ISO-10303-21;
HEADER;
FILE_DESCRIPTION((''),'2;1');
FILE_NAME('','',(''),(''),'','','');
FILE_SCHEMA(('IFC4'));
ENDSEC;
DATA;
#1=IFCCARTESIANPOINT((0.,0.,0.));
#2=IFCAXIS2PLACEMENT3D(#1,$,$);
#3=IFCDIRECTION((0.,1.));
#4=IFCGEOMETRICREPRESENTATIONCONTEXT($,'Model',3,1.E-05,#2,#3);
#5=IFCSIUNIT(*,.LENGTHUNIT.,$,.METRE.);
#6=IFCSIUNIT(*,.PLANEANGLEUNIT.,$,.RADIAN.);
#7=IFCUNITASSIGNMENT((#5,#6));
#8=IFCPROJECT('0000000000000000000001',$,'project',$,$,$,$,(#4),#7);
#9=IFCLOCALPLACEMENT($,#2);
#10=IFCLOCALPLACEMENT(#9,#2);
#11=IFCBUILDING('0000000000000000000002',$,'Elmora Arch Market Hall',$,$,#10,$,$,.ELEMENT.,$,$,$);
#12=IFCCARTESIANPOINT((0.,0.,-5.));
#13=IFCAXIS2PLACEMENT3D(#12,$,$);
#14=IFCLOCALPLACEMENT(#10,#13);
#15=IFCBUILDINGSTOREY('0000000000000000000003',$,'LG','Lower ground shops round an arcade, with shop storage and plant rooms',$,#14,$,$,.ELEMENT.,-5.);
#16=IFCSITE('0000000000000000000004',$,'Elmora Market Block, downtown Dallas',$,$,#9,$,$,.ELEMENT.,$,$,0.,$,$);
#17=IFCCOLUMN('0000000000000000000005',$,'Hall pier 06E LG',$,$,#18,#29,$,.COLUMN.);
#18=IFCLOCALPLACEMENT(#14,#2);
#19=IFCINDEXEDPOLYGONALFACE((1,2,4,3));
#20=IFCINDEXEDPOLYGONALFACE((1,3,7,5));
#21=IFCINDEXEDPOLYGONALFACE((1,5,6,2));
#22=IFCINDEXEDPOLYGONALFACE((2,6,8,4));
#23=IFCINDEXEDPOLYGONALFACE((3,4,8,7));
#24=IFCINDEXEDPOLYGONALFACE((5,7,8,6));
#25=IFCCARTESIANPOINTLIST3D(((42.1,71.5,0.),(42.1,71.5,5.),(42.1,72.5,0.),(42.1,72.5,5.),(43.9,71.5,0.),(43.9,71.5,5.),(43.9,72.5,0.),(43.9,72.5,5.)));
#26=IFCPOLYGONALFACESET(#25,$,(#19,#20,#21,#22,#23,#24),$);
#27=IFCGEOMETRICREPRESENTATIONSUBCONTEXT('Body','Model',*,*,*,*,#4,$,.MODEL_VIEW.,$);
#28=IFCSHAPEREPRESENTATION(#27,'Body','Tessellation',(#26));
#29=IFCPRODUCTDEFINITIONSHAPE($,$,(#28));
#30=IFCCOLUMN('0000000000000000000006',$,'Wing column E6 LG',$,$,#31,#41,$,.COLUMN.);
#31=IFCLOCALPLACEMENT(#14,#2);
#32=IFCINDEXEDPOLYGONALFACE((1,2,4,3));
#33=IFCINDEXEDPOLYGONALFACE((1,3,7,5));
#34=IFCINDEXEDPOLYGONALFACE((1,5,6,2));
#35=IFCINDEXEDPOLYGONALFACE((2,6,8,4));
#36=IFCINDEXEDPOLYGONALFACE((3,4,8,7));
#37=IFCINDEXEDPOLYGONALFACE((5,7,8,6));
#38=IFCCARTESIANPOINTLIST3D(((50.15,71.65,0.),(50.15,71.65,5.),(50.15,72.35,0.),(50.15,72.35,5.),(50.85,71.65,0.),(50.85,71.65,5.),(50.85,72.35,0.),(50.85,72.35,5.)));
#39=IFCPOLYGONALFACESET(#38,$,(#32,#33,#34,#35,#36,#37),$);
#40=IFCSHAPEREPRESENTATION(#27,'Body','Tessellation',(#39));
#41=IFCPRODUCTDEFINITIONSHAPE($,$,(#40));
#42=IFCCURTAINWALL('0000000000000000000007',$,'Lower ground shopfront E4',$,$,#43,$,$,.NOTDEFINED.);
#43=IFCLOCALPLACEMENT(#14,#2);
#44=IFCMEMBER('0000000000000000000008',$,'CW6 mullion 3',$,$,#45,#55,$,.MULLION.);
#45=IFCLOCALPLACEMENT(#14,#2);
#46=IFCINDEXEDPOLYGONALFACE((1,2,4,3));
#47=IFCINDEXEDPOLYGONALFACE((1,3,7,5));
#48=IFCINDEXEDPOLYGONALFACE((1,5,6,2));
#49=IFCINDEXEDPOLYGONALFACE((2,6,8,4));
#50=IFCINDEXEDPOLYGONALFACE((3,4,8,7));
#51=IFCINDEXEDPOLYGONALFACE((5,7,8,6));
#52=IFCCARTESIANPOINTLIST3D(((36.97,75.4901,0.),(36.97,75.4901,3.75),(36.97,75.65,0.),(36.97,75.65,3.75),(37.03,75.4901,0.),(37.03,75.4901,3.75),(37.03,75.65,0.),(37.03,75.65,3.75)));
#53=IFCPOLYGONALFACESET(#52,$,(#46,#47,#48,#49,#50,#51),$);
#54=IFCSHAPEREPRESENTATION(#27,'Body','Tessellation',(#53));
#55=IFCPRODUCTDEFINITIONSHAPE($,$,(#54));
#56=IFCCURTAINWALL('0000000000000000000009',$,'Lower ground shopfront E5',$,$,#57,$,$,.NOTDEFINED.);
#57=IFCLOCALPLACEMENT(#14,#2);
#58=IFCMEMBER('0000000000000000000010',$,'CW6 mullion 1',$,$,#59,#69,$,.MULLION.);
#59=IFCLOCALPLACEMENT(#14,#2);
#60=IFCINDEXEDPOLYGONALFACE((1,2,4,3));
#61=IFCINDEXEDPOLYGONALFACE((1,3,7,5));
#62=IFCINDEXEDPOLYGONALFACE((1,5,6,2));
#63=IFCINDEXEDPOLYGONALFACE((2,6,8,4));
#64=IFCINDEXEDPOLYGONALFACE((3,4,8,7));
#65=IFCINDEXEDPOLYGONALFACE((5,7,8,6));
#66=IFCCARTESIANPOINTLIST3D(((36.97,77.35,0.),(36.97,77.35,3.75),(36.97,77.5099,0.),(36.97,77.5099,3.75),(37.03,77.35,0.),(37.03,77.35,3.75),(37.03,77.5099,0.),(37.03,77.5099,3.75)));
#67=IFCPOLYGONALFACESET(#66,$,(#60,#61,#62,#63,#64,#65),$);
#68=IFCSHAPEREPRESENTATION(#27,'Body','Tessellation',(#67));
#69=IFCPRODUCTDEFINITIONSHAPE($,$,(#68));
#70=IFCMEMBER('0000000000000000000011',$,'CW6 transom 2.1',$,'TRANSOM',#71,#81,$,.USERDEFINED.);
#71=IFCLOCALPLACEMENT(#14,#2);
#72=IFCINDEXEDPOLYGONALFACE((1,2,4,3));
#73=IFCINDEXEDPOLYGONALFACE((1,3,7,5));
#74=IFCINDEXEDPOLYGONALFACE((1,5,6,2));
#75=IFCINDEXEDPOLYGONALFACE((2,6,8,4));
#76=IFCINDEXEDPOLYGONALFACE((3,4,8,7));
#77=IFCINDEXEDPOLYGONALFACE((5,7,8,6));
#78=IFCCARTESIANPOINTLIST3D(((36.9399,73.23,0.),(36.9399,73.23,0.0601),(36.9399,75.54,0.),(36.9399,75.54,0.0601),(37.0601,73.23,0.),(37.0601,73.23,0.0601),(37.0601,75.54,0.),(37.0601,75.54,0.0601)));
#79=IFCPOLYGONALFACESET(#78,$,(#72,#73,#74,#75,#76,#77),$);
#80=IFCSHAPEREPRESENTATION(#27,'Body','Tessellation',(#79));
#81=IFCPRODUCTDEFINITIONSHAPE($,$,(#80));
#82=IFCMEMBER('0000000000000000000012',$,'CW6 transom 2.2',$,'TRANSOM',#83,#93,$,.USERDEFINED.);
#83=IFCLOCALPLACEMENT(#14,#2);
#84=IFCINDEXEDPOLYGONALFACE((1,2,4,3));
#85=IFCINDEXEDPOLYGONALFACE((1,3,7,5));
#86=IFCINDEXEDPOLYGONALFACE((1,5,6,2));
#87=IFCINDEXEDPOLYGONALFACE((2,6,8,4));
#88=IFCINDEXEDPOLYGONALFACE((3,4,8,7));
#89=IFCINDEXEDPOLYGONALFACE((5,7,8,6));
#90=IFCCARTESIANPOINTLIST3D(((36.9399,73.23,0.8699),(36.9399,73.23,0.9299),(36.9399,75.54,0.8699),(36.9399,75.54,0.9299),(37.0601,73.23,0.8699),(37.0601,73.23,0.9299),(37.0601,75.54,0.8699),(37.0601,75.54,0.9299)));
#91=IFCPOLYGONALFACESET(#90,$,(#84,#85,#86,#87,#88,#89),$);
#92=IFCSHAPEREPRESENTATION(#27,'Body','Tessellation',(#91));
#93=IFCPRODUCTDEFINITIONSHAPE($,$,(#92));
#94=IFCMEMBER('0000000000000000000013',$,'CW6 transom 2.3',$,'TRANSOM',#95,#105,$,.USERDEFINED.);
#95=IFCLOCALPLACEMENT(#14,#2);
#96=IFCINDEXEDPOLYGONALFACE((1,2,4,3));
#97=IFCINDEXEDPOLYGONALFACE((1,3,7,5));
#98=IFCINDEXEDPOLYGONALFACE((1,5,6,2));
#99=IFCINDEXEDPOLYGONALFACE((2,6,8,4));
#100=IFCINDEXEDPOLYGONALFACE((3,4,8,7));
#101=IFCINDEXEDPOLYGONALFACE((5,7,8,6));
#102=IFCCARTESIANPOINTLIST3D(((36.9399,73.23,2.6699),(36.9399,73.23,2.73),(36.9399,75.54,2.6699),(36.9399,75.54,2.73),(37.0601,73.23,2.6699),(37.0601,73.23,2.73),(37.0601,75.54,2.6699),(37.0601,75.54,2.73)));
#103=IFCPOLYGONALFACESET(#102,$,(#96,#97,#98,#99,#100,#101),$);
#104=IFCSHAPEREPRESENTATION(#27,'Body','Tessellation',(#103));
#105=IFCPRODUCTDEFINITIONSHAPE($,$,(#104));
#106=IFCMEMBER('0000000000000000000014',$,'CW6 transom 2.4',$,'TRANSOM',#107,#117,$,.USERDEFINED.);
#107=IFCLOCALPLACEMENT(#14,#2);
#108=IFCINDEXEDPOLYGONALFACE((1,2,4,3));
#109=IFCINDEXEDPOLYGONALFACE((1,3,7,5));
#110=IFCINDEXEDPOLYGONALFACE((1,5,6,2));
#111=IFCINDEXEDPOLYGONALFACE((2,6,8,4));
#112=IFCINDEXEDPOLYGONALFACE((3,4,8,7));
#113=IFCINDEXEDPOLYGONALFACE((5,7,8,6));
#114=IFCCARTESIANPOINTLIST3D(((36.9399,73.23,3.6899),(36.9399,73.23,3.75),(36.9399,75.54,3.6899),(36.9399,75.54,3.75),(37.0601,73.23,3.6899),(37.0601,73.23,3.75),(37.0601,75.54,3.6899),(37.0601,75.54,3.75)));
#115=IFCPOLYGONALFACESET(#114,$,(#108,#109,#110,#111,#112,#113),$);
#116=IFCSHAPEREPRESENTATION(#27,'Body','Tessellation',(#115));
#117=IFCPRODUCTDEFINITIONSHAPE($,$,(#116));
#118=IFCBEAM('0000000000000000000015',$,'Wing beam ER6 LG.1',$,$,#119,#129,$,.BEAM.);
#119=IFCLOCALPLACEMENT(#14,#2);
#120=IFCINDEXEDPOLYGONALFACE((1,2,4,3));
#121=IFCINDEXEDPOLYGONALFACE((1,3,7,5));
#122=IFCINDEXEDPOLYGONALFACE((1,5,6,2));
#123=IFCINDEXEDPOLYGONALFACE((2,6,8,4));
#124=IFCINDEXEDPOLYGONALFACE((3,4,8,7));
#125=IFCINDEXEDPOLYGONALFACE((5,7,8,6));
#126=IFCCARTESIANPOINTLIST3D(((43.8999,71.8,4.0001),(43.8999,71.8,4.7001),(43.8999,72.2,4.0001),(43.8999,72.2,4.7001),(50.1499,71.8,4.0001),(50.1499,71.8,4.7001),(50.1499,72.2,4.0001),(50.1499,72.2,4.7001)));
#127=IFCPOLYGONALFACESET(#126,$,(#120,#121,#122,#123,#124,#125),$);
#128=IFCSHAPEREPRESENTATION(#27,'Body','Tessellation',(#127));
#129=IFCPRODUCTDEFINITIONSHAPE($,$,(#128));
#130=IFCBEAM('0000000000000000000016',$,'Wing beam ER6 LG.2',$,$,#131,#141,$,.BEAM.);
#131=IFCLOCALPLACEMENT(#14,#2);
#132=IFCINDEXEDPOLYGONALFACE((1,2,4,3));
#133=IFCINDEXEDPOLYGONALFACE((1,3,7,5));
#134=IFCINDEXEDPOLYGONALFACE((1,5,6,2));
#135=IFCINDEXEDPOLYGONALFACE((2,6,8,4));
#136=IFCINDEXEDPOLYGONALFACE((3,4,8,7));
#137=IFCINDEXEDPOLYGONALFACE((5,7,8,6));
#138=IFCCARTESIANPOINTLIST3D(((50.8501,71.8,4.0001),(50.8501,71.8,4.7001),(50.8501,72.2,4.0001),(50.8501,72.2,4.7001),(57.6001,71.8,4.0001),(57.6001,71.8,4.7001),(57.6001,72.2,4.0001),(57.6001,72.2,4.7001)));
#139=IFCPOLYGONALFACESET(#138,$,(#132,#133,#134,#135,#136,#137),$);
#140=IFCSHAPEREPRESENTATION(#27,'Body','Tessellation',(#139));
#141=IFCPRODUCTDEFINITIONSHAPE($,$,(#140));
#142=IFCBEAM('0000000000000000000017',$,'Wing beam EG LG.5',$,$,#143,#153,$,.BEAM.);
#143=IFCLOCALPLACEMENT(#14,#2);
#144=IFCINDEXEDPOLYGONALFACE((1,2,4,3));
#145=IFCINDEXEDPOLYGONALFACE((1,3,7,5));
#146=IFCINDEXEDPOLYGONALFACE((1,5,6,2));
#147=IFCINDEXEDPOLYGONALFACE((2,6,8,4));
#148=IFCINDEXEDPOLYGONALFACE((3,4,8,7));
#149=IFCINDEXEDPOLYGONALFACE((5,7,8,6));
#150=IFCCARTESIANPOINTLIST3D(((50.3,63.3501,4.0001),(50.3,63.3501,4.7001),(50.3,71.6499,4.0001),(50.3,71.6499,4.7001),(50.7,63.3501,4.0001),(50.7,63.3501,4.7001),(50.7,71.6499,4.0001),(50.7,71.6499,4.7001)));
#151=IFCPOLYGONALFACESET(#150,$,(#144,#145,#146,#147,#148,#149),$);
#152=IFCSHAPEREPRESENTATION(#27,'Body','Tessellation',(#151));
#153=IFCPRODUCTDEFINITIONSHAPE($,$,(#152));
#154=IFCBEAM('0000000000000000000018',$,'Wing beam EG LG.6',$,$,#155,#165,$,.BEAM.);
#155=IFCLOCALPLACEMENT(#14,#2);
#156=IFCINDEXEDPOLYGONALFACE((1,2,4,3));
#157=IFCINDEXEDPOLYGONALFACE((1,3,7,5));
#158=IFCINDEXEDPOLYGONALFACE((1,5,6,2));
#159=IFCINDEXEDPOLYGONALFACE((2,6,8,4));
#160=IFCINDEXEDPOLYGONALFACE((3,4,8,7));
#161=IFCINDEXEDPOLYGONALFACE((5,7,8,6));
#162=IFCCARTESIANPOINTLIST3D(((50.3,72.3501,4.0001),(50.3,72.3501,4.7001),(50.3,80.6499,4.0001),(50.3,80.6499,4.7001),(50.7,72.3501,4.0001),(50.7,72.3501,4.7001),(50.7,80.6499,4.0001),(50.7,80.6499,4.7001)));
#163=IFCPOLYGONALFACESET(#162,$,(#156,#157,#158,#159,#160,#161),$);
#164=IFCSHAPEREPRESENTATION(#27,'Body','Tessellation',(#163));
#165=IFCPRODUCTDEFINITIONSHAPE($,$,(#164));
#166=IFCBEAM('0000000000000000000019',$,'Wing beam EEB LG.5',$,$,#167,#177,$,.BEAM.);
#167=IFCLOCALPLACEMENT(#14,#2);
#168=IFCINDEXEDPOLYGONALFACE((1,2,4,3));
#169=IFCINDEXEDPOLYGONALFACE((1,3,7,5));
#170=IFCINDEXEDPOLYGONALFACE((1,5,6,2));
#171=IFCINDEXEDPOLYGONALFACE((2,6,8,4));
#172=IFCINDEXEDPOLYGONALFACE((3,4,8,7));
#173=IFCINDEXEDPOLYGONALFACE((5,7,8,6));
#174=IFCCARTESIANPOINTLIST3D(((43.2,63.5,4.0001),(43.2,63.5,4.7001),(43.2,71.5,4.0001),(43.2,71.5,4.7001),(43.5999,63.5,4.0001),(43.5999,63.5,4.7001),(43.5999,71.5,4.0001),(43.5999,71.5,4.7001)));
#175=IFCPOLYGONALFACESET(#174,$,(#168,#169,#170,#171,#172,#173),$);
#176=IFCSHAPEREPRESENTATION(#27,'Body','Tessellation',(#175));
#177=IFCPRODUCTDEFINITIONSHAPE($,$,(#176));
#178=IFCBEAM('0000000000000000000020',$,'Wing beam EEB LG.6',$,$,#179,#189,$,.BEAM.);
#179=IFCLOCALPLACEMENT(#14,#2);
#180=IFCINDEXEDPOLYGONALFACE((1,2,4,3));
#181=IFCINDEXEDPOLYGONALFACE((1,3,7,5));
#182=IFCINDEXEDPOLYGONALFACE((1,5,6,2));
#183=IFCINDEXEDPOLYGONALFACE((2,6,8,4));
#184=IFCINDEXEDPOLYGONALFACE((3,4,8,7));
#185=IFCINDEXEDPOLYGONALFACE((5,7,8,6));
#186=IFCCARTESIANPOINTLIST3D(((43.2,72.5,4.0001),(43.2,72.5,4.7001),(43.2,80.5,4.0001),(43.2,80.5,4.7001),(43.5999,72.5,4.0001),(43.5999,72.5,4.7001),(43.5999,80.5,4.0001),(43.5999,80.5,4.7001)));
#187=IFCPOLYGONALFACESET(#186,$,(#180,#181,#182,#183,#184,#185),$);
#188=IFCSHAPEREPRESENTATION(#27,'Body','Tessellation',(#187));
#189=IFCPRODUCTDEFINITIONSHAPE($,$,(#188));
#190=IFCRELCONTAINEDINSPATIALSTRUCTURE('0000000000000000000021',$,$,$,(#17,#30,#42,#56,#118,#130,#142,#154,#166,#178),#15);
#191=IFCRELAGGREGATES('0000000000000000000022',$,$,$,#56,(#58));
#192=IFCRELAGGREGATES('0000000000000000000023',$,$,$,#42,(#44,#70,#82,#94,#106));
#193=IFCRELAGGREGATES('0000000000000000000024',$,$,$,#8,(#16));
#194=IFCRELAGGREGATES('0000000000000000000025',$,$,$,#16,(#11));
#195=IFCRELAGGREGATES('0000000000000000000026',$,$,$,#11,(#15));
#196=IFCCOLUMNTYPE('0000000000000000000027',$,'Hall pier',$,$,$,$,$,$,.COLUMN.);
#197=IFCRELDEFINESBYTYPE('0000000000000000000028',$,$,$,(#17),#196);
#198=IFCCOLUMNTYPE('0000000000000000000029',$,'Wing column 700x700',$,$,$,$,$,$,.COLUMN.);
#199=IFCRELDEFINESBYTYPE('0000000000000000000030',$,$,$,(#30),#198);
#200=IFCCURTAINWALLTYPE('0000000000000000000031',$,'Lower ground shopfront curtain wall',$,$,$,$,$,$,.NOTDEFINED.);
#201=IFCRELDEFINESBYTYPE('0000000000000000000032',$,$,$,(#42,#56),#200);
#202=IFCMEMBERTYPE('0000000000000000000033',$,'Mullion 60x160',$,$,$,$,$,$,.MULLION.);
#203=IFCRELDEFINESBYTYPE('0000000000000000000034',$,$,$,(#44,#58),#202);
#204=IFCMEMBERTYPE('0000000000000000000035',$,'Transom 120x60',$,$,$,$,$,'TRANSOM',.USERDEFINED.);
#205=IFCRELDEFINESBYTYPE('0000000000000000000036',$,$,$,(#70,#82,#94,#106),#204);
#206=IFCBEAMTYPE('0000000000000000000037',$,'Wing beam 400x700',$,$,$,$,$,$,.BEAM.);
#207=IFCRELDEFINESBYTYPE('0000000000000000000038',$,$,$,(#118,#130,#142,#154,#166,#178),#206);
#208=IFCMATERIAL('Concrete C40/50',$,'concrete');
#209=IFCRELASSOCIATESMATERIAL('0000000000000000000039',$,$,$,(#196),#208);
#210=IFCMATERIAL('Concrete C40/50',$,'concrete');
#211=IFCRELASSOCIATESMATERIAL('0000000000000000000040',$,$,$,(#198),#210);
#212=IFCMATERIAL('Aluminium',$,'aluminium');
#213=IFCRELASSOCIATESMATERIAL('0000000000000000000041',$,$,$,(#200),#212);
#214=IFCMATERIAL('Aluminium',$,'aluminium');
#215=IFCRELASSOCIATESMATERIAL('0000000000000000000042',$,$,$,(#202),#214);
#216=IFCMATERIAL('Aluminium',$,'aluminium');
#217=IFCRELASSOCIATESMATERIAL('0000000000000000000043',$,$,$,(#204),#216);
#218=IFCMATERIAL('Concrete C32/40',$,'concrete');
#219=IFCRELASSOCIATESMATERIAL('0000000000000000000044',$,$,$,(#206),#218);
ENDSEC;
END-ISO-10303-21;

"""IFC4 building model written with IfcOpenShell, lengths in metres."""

from ifc_helpers import new_model, si_unit, direction, frame, origin, origin_2d, place, context, subcontext, project, spatial, rectangle, extrude, material, material_profile, profile_set, type_object, element, aggregate, save


model = new_model("IFC4")

# Units and contexts
model_context = context("Model", 3, precision=1e-05, world=origin(), true_north=direction((0.0, 1.0)))
body_context = subcontext(model_context, "Body", "Model", "MODEL_VIEW")
ifc_project = project(units=[si_unit("LENGTHUNIT", "METRE"), si_unit("PLANEANGLEUNIT", "RADIAN")], contexts=[model_context])

# Site, building, storey
site_placement = place(None, origin())
site = spatial("IfcSite", under=ifc_project, at=site_placement, Name="Elmora Market Block, downtown Dallas", CompositionType="ELEMENT", RefElevation=0.0)
building_placement = place(site_placement, origin())
building = spatial("IfcBuilding", under=site, at=building_placement, Name="Elmora Arch Market Hall", CompositionType="ELEMENT")
storey_placement = place(building_placement, frame((0.0, 0.0, -5.0)))
storey = spatial("IfcBuildingStorey", under=building, at=storey_placement, Name="LG", Description="Lower ground shops round an arcade, with shop storage and plant rooms", CompositionType="ELEMENT", Elevation=-5.0)

# Columns
ifc_material_1 = material(Name="Concrete C40/50", Category="concrete")
ifc_material_profile_1 = material_profile(ifc_material_1, rectangle(XDim=1.8, YDim=1.0, at=origin_2d()), Name="Hall pier")
ifc_profile_set_1 = profile_set([ifc_material_profile_1], Name="Concrete C40/50")
column_type_1 = type_object("IfcColumnType", Name="Hall pier", PredefinedType="COLUMN", material=ifc_profile_set_1)
column_1_placement = place(storey_placement, frame((43.0, 72.0, 0.0), z_axis=(0.0, 0.0, 1.0), x_axis=(1.0, 0.0, 0.0)))
element("IfcColumn", 1, at=column_1_placement, inside=storey, type_object=column_type_1, Name="Hall pier 06E LG", PredefinedType="COLUMN", context=body_context, shape_type="SweptSolid", body=[
    extrude(rectangle(XDim=1.8, YDim=1.0, at=origin_2d()), origin(), (0.0, 0.0, 1.0), 5.0),
])
ifc_material_2 = material(Name="Concrete C40/50", Category="concrete")
ifc_material_profile_2 = material_profile(ifc_material_2, rectangle(XDim=0.7, YDim=0.7, at=origin_2d()), Name="Wing column 700x700")
ifc_profile_set_2 = profile_set([ifc_material_profile_2], Name="Concrete C40/50")
column_type_2 = type_object("IfcColumnType", Name="Wing column 700x700", PredefinedType="COLUMN", material=ifc_profile_set_2)
column_2_placement = place(storey_placement, frame((50.5, 72.0, 0.0), z_axis=(0.0, 0.0, 1.0), x_axis=(1.0, 0.0, 0.0)))
element("IfcColumn", 2, at=column_2_placement, inside=storey, type_object=column_type_2, Name="Wing column E6 LG", PredefinedType="COLUMN", context=body_context, shape_type="SweptSolid", body=[
    extrude(rectangle(XDim=0.7, YDim=0.7, at=origin_2d()), origin(), (0.0, 0.0, 1.0), 5.0),
])

# Curtain walls, members
ifc_material_3 = material(Name="Aluminium", Category="aluminium")
curtain_wall_type = type_object("IfcCurtainWallType", Name="Lower ground shopfront curtain wall", PredefinedType="NOTDEFINED", material=ifc_material_3)
curtain_wall_1_placement = place(storey_placement, origin())
curtain_wall_1 = element("IfcCurtainWall", 3, at=curtain_wall_1_placement, inside=storey, type_object=curtain_wall_type, Name="Lower ground shopfront E4", PredefinedType="NOTDEFINED")
ifc_material_4 = material(Name="Aluminium", Category="aluminium")
ifc_material_profile_3 = material_profile(ifc_material_4, rectangle(XDim=0.0601, YDim=0.1599, at=origin_2d()), Name="AL 60x160")
ifc_profile_set_3 = profile_set([ifc_material_profile_3], Name="Aluminium")
member_type_1 = type_object("IfcMemberType", Name="Mullion 60x160", PredefinedType="MULLION", material=ifc_profile_set_3)
member_1_placement = place(storey_placement, frame((37.0, 75.5701, 0.0), z_axis=(0.0, 0.0, 1.0), x_axis=(-1.0, 0.0, 0.0)))
member_1 = element("IfcMember", 4, at=member_1_placement, type_object=member_type_1, Name="CW6 mullion 3", PredefinedType="MULLION", context=body_context, shape_type="SweptSolid", body=[
    extrude(rectangle(XDim=0.0601, YDim=0.1599, at=origin_2d()), origin(), (0.0, 0.0, 1.0), 3.75),
])
curtain_wall_2_placement = place(storey_placement, origin())
curtain_wall_2 = element("IfcCurtainWall", 5, at=curtain_wall_2_placement, inside=storey, type_object=curtain_wall_type, Name="Lower ground shopfront E5", PredefinedType="NOTDEFINED")
member_2_placement = place(storey_placement, frame((37.0, 77.4299, 0.0), z_axis=(0.0, 0.0, 1.0), x_axis=(-1.0, 0.0, 0.0)))
member_2 = element("IfcMember", 6, at=member_2_placement, type_object=member_type_1, Name="CW6 mullion 1", PredefinedType="MULLION", context=body_context, shape_type="SweptSolid", body=[
    extrude(rectangle(XDim=0.0601, YDim=0.1599, at=origin_2d()), origin(), (0.0, 0.0, 1.0), 3.75),
])
aggregate(curtain_wall_2, [member_2])

# Members
ifc_material_5 = material(Name="Aluminium", Category="aluminium")
ifc_material_profile_4 = material_profile(ifc_material_5, rectangle(XDim=0.1201, YDim=0.0601, at=origin_2d()), Name="AL 120x60")
ifc_profile_set_4 = profile_set([ifc_material_profile_4], Name="Aluminium")
member_type_2 = type_object("IfcMemberType", Name="Transom 120x60", ElementType="TRANSOM", PredefinedType="USERDEFINED", material=ifc_profile_set_4)
member_3_placement = place(storey_placement, frame((37.0, 73.23, 0.03), z_axis=(0.0, 1.0, 0.0), x_axis=(-1.0, 0.0, 0.0)))
member_3 = element("IfcMember", 7, at=member_3_placement, type_object=member_type_2, Name="CW6 transom 2.1", ObjectType="TRANSOM", PredefinedType="USERDEFINED", context=body_context, shape_type="SweptSolid", body=[
    extrude(rectangle(XDim=0.1201, YDim=0.0601, at=origin_2d()), origin(), (0.0, 0.0, 1.0), 2.3101),
])
member_4_placement = place(storey_placement, frame((37.0, 73.23, 0.8999), z_axis=(0.0, 1.0, 0.0), x_axis=(-1.0, 0.0, 0.0)))
member_4 = element("IfcMember", 8, at=member_4_placement, type_object=member_type_2, Name="CW6 transom 2.2", ObjectType="TRANSOM", PredefinedType="USERDEFINED", context=body_context, shape_type="SweptSolid", body=[
    extrude(rectangle(XDim=0.1201, YDim=0.0601, at=origin_2d()), origin(), (0.0, 0.0, 1.0), 2.3101),
])
member_5_placement = place(storey_placement, frame((37.0, 73.23, 2.7), z_axis=(0.0, 1.0, 0.0), x_axis=(-1.0, 0.0, 0.0)))
member_5 = element("IfcMember", 9, at=member_5_placement, type_object=member_type_2, Name="CW6 transom 2.3", ObjectType="TRANSOM", PredefinedType="USERDEFINED", context=body_context, shape_type="SweptSolid", body=[
    extrude(rectangle(XDim=0.1201, YDim=0.0601, at=origin_2d()), origin(), (0.0, 0.0, 1.0), 2.3101),
])
member_6_placement = place(storey_placement, frame((37.0, 73.23, 3.72), z_axis=(0.0, 1.0, 0.0), x_axis=(-1.0, 0.0, 0.0)))
member_6 = element("IfcMember", 10, at=member_6_placement, type_object=member_type_2, Name="CW6 transom 2.4", ObjectType="TRANSOM", PredefinedType="USERDEFINED", context=body_context, shape_type="SweptSolid", body=[
    extrude(rectangle(XDim=0.1201, YDim=0.0601, at=origin_2d()), origin(), (0.0, 0.0, 1.0), 2.3101),
])

# Beams
ifc_material_6 = material(Name="Concrete C32/40", Category="concrete")
ifc_material_profile_5 = material_profile(ifc_material_6, rectangle(XDim=0.3999, YDim=0.7, at=origin_2d()), Name="Wing beam 400x700")
ifc_profile_set_5 = profile_set([ifc_material_profile_5], Name="Concrete C32/40")
beam_type_1 = type_object("IfcBeamType", Name="Wing beam 400x700", PredefinedType="BEAM", material=ifc_profile_set_5)
beam_1_placement = place(storey_placement, frame((43.8999, 72.0, 4.3501), z_axis=(1.0, 0.0, 0.0), x_axis=(0.0, 1.0, 0.0)))
element("IfcBeam", 11, at=beam_1_placement, inside=storey, type_object=beam_type_1, Name="Wing beam ER6 LG.1", PredefinedType="BEAM", context=body_context, shape_type="SweptSolid", body=[
    extrude(rectangle(XDim=0.3999, YDim=0.7, at=origin_2d()), origin(), (0.0, 0.0, 1.0), 6.25),
])
beam_2_placement = place(storey_placement, frame((50.8501, 72.0, 4.3501), z_axis=(1.0, 0.0, 0.0), x_axis=(0.0, 1.0, 0.0)))
element("IfcBeam", 12, at=beam_2_placement, inside=storey, type_object=beam_type_1, Name="Wing beam ER6 LG.2", PredefinedType="BEAM", context=body_context, shape_type="SweptSolid", body=[
    extrude(rectangle(XDim=0.3999, YDim=0.7, at=origin_2d()), origin(), (0.0, 0.0, 1.0), 6.75),
])
for number, where, z_axis, x_axis, name in (
    (13, (50.5, 63.3501, 4.3501), (0.0, 1.0, 0.0), (-1.0, 0.0, 0.0), "Wing beam EG LG.5"),
    (14, (50.5, 72.3501, 4.3501), (0.0, 1.0, 0.0), (-1.0, 0.0, 0.0), "Wing beam EG LG.6"),
):
    element("IfcBeam", number, at=place(storey_placement, frame(where, z_axis=z_axis, x_axis=x_axis)), inside=storey, type_object=beam_type_1, Name=name, PredefinedType="BEAM", context=body_context, shape_type="SweptSolid", body=[
        extrude(rectangle(XDim=0.3999, YDim=0.7, at=origin_2d()), origin(), (0.0, 0.0, 1.0), 8.2998),
    ])
for number, where, z_axis, x_axis, name in (
    (15, (43.3999, 63.5, 4.3501), (0.0, 1.0, 0.0), (-1.0, 0.0, 0.0), "Wing beam EEB LG.5"),
    (16, (43.3999, 72.5, 4.3501), (0.0, 1.0, 0.0), (-1.0, 0.0, 0.0), "Wing beam EEB LG.6"),
):
    element("IfcBeam", number, at=place(storey_placement, frame(where, z_axis=z_axis, x_axis=x_axis)), inside=storey, type_object=beam_type_1, Name=name, PredefinedType="BEAM", context=body_context, shape_type="SweptSolid", body=[
        extrude(rectangle(XDim=0.3999, YDim=0.7, at=origin_2d()), origin(), (0.0, 0.0, 1.0), 8.0),
    ])

aggregate(curtain_wall_1, [member_1, member_3, member_4, member_5, member_6])

save(model, "model.ifc")
